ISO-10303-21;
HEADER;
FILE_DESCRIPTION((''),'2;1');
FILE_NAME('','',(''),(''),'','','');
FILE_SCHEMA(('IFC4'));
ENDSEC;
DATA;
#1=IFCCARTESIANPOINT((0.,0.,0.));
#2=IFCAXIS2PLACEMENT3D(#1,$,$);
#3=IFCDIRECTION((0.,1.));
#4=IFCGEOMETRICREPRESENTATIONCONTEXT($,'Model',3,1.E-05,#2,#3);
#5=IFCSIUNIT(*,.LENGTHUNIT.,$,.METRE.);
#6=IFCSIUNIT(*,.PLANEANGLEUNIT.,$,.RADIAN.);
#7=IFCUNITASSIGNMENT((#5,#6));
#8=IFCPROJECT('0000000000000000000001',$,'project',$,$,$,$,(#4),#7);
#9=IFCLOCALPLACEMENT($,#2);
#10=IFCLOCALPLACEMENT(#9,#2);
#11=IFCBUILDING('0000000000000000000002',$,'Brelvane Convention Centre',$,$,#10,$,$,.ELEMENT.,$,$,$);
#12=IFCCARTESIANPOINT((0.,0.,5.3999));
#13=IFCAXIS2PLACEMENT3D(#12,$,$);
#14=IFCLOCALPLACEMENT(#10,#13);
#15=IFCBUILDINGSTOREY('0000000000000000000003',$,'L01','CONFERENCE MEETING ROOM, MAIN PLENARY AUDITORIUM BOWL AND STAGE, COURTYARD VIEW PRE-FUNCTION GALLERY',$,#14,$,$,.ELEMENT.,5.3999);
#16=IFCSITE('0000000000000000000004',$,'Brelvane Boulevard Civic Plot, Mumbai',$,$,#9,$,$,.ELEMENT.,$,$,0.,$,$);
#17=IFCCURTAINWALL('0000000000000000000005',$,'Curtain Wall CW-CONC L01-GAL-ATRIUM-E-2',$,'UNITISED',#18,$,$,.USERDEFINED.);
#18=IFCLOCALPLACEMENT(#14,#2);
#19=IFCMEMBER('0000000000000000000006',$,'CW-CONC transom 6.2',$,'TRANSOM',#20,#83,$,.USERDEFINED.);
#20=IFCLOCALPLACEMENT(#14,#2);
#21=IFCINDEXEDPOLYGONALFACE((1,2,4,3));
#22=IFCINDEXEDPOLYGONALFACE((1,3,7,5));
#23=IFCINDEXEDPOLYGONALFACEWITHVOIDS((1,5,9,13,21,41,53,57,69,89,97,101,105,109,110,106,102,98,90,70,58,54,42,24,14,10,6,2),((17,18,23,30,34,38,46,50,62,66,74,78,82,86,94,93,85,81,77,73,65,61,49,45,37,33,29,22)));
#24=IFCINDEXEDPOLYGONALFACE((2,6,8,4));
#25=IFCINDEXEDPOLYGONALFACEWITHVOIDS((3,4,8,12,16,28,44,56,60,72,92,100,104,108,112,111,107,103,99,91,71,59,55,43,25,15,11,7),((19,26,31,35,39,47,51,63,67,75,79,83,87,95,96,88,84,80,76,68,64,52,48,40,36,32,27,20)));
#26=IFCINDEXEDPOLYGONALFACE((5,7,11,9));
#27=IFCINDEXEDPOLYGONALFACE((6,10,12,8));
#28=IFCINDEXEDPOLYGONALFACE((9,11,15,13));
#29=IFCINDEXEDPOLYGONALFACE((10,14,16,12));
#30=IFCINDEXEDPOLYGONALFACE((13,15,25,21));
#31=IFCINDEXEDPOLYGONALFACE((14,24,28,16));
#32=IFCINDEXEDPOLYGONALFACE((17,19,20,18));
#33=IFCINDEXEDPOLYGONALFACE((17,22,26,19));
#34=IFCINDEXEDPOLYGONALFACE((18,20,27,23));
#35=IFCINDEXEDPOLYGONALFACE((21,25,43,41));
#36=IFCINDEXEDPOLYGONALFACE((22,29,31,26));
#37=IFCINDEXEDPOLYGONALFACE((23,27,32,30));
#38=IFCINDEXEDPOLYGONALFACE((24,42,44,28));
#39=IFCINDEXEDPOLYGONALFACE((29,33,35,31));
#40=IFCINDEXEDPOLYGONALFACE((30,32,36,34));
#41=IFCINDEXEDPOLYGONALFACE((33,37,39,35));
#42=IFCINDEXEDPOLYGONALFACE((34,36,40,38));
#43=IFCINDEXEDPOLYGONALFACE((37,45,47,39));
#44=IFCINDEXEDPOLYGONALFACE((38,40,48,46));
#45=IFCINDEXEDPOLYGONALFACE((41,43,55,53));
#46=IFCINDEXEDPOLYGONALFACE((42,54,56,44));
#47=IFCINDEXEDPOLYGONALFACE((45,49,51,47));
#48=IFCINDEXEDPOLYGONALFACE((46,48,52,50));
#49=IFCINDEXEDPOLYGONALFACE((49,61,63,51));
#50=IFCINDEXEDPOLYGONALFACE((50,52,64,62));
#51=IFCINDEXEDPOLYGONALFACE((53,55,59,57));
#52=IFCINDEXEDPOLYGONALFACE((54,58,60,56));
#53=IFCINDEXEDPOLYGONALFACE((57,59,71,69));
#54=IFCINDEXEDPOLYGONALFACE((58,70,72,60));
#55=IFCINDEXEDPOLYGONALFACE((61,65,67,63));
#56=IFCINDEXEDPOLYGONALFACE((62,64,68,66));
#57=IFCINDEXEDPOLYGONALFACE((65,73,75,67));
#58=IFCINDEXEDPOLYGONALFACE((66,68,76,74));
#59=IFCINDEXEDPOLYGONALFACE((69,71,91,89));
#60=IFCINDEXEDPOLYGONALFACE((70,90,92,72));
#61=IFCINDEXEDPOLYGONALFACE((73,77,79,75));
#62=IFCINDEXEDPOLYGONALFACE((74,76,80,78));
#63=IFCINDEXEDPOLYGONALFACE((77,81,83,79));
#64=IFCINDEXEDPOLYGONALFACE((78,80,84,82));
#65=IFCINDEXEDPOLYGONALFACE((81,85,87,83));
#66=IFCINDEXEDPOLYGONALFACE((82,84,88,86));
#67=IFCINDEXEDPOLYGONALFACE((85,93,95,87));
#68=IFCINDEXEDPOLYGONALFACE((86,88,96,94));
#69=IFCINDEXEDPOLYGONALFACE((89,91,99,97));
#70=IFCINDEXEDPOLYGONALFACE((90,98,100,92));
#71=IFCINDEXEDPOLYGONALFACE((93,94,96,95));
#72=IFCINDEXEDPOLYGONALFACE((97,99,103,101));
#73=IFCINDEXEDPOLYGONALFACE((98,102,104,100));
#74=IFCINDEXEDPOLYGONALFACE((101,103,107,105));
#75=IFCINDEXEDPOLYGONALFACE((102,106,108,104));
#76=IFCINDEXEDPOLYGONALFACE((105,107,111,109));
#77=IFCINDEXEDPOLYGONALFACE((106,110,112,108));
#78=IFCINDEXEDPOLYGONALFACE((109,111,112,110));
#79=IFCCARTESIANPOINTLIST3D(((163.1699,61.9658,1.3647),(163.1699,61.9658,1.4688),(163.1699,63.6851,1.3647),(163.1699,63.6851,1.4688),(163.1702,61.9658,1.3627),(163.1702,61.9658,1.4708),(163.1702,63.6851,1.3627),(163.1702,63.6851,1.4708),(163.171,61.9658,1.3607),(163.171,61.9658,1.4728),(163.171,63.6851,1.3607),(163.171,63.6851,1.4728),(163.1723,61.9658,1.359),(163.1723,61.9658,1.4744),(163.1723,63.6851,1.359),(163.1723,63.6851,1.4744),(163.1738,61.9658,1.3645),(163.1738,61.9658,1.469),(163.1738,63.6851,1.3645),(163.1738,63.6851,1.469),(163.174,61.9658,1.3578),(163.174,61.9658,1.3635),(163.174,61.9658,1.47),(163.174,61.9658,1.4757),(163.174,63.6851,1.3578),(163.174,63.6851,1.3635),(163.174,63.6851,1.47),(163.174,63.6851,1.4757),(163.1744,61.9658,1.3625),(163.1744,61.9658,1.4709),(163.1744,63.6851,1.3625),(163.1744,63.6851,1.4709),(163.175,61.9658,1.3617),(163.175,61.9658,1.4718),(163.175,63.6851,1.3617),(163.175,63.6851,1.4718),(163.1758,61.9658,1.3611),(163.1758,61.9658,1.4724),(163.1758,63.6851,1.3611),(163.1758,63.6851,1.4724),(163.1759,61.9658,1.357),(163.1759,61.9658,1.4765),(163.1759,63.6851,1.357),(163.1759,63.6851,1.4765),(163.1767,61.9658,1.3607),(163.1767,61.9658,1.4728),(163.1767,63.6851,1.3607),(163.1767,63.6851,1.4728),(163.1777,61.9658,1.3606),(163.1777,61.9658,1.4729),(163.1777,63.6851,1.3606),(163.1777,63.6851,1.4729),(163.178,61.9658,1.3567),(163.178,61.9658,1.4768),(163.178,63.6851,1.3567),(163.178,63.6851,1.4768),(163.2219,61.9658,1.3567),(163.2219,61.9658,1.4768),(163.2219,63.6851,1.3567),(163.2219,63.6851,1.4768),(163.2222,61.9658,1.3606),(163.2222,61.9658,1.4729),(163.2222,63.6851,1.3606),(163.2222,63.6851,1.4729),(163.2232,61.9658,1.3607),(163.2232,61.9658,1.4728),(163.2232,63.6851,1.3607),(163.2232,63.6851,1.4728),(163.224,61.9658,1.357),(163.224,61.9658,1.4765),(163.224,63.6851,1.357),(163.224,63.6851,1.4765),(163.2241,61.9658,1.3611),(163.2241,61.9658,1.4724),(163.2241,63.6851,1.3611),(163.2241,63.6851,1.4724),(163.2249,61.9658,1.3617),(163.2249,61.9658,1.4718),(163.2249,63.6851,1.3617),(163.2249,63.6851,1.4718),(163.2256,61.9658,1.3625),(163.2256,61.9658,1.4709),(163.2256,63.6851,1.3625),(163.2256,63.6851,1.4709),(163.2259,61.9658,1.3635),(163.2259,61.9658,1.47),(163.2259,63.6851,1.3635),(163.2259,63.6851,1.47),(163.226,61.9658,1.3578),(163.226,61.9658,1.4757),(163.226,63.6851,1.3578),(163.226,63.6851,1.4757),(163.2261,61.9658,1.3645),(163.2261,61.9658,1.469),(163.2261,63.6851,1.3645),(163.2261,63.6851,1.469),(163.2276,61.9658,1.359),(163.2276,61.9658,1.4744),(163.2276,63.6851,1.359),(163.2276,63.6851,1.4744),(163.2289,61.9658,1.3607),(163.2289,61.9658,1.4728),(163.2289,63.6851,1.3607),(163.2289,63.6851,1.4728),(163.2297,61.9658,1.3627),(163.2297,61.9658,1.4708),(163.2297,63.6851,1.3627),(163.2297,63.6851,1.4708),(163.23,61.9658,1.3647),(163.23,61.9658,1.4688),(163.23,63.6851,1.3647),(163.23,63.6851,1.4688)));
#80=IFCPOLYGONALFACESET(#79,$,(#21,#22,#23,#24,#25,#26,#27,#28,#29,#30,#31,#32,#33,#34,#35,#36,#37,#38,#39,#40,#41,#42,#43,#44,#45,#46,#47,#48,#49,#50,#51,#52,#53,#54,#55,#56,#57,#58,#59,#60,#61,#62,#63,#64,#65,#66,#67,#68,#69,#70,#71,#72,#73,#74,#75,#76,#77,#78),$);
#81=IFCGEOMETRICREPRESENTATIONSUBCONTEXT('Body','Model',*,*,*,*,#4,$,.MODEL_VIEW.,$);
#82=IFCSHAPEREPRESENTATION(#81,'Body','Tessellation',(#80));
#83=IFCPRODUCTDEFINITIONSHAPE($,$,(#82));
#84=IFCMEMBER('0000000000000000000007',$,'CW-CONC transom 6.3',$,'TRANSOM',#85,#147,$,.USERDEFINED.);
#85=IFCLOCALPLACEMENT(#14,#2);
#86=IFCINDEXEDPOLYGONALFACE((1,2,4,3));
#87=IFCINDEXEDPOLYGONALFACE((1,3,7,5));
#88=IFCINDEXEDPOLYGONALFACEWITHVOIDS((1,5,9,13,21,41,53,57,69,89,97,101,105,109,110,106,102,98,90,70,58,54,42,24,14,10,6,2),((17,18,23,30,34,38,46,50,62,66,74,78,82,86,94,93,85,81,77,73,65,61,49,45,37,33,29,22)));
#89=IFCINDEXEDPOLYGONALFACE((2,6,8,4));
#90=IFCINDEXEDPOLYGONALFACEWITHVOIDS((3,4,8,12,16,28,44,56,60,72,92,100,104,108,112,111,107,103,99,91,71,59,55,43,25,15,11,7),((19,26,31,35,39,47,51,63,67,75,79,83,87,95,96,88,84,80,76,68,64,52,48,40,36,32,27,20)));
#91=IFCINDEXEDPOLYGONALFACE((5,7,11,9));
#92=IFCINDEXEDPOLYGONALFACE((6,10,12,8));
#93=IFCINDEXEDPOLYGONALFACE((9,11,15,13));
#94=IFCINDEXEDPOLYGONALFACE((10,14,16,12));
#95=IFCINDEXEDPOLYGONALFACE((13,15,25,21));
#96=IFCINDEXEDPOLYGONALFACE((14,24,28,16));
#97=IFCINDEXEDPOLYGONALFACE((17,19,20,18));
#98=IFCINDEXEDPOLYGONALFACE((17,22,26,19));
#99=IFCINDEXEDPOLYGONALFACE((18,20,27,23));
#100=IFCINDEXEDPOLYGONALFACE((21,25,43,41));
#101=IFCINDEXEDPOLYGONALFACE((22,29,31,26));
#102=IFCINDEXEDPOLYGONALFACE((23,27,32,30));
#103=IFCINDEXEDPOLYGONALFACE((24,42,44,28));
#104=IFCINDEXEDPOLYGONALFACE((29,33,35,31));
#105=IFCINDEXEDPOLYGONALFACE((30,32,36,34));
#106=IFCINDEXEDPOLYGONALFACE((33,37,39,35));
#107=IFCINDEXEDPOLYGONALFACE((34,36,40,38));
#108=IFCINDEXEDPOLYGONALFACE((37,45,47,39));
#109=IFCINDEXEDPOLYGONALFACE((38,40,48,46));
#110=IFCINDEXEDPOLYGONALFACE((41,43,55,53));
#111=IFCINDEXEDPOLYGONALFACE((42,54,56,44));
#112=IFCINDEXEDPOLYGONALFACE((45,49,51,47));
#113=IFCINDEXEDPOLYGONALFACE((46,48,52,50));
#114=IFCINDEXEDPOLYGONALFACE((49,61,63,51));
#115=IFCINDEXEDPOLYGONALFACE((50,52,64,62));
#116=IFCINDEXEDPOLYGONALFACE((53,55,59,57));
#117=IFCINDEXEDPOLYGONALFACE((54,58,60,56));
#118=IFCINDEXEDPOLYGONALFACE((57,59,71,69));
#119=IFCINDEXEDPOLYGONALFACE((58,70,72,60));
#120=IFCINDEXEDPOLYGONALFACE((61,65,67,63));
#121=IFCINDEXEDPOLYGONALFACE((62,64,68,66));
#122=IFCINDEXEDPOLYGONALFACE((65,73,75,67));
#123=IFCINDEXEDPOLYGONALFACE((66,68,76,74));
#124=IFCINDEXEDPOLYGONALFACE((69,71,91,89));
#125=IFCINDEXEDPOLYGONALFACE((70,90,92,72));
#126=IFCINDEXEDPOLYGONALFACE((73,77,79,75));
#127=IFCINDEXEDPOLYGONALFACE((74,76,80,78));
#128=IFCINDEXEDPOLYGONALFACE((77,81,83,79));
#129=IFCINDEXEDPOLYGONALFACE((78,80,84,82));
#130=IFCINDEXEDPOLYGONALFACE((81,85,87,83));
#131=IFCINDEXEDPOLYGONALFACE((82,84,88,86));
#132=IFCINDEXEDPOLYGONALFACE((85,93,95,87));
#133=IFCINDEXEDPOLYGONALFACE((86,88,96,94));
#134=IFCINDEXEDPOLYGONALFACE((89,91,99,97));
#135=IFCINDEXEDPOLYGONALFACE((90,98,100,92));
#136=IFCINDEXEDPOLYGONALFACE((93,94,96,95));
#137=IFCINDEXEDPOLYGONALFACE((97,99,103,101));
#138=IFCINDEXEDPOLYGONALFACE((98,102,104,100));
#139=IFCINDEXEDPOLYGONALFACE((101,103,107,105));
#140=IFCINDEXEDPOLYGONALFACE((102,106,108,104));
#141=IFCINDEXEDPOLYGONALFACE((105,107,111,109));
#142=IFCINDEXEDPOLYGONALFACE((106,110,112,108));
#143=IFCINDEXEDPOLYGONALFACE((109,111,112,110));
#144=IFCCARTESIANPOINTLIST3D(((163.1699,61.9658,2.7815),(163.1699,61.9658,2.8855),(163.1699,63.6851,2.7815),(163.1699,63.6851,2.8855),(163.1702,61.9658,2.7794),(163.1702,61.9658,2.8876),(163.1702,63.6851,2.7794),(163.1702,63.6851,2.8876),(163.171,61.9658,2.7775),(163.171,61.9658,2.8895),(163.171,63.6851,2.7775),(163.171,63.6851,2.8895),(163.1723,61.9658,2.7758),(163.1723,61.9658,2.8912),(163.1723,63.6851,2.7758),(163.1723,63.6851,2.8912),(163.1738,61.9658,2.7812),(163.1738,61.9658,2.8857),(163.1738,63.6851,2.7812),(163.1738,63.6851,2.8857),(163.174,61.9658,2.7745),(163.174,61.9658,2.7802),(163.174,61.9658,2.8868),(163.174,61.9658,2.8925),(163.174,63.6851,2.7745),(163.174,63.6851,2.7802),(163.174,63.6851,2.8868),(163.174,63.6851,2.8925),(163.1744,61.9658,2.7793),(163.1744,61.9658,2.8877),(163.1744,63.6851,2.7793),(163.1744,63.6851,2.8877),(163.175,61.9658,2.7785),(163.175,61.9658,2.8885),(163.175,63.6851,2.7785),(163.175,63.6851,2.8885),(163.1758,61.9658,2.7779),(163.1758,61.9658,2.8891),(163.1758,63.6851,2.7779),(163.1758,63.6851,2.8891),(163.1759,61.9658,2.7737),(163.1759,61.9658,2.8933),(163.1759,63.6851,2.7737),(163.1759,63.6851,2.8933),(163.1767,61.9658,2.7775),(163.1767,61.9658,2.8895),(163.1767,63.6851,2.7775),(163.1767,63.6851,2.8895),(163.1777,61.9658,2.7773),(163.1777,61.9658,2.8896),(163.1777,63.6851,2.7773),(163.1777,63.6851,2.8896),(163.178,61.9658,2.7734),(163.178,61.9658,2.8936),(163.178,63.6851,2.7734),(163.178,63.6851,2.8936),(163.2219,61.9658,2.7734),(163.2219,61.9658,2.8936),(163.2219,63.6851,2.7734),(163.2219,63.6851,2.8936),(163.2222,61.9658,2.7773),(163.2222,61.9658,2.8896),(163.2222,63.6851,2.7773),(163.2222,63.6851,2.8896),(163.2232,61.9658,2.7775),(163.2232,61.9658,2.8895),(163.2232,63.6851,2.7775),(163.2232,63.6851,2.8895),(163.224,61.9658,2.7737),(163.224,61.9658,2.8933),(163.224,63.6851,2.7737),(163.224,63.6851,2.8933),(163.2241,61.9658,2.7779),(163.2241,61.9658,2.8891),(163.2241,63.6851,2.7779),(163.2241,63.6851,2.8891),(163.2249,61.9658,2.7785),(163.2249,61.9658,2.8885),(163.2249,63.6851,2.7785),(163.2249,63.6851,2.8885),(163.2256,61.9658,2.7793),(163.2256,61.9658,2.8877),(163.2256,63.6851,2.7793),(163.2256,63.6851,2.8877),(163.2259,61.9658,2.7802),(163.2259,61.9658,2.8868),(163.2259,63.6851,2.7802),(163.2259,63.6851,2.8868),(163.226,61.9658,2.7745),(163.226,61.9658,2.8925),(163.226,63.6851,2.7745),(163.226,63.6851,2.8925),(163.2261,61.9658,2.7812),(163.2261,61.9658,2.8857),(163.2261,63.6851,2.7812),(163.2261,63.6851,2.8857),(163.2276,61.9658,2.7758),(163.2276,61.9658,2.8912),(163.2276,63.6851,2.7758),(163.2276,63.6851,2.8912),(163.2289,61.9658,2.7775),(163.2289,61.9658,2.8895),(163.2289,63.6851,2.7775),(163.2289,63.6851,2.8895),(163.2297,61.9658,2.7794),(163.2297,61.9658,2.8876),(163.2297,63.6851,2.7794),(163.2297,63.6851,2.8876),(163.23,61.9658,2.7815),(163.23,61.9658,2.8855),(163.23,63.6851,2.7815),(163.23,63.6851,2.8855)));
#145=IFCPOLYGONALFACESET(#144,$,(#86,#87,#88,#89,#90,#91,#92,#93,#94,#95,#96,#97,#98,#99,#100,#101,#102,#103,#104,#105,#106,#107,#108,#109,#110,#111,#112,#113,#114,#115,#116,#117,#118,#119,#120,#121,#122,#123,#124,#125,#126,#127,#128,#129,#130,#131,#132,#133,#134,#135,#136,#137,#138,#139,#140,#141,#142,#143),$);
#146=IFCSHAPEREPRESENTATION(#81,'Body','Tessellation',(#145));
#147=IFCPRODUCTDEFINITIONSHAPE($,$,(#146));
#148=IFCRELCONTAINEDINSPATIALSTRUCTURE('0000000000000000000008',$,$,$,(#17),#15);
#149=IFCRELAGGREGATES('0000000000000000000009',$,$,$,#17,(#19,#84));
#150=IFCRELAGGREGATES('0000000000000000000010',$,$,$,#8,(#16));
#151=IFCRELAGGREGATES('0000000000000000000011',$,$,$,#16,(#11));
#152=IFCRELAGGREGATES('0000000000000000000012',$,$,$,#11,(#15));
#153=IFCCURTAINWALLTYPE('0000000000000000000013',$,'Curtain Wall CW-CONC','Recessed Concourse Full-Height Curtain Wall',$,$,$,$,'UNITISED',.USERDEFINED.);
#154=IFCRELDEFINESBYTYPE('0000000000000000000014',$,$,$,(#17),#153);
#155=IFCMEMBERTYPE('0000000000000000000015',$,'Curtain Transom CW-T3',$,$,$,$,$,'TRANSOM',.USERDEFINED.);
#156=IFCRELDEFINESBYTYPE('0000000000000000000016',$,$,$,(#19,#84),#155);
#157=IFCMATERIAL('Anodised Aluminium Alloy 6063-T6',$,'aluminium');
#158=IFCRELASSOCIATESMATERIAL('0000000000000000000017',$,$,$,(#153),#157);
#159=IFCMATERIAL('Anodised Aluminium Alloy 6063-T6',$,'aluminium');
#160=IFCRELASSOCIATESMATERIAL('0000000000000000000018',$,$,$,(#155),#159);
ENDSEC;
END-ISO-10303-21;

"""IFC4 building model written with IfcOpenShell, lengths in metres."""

from ifc_helpers import new_model, si_unit, direction, frame, origin, origin_2d, place, context, subcontext, project, spatial, hollow_rectangle, extrude, material, material_profile, profile_set, type_object, element, aggregate, save


model = new_model("IFC4")

# Units and contexts
model_context = context("Model", 3, precision=1e-05, world=origin(), true_north=direction((0.0, 1.0)))
body_context = subcontext(model_context, "Body", "Model", "MODEL_VIEW")
ifc_project = project(units=[si_unit("LENGTHUNIT", "METRE"), si_unit("PLANEANGLEUNIT", "RADIAN")], contexts=[model_context])

# Site, building, storey
site_placement = place(None, origin())
site = spatial("IfcSite", under=ifc_project, at=site_placement, Name="Brelvane Boulevard Civic Plot, Mumbai", CompositionType="ELEMENT", RefElevation=0.0)
building_placement = place(site_placement, origin())
building = spatial("IfcBuilding", under=site, at=building_placement, Name="Brelvane Convention Centre", CompositionType="ELEMENT")
storey_placement = place(building_placement, frame((0.0, 0.0, 5.3999)))
storey = spatial("IfcBuildingStorey", under=building, at=storey_placement, Name="L01", Description="CONFERENCE MEETING ROOM, MAIN PLENARY AUDITORIUM BOWL AND STAGE, COURTYARD VIEW PRE-FUNCTION GALLERY", CompositionType="ELEMENT", Elevation=5.3999)

# Curtain wall
ifc_material_1 = material(Name="Anodised Aluminium Alloy 6063-T6", Category="aluminium")
curtain_wall_type = type_object("IfcCurtainWallType", Name="Curtain Wall CW-CONC", Description="Recessed Concourse Full-Height Curtain Wall", ElementType="UNITISED", PredefinedType="USERDEFINED", material=ifc_material_1)
curtain_wall_1_placement = place(storey_placement, origin())
curtain_wall_1 = element("IfcCurtainWall", 1, at=curtain_wall_1_placement, inside=storey, type_object=curtain_wall_type, Name="Curtain Wall CW-CONC L01-GAL-ATRIUM-E-2", ObjectType="UNITISED", PredefinedType="USERDEFINED")

# Members
ifc_material_2 = material(Name="Anodised Aluminium Alloy 6063-T6", Category="aluminium")
ifc_material_profile_1 = material_profile(ifc_material_2, hollow_rectangle(XDim=0.0601, YDim=0.1201, WallThickness=0.0039, InnerFilletRadius=0.0039, OuterFilletRadius=0.0081, at=origin_2d()), Name="ALU-T 120x60x4.0")
ifc_profile_set_1 = profile_set([ifc_material_profile_1], Name="Anodised Aluminium Alloy 6063-T6")
member_type_1 = type_object("IfcMemberType", Name="Curtain Transom CW-T3", ElementType="TRANSOM", PredefinedType="USERDEFINED", material=ifc_profile_set_1)
member_1_placement = place(storey_placement, frame((163.2, 61.9658, 1.4167), z_axis=(0.0, 1.0, 0.0), x_axis=(-1.0, 0.0, 0.0)))
member_1 = element("IfcMember", 2, at=member_1_placement, type_object=member_type_1, Name="CW-CONC transom 6.2", ObjectType="TRANSOM", PredefinedType="USERDEFINED", context=body_context, shape_type="SweptSolid", body=[
    extrude(hollow_rectangle(XDim=0.0601, YDim=0.1201, WallThickness=0.0039, InnerFilletRadius=0.0039, OuterFilletRadius=0.0081, at=origin_2d()), origin(), (0.0, 0.0, 1.0), 1.7192),
])
member_2_placement = place(storey_placement, frame((163.2, 61.9658, 2.8335), z_axis=(0.0, 1.0, 0.0), x_axis=(-1.0, 0.0, 0.0)))
member_2 = element("IfcMember", 3, at=member_2_placement, type_object=member_type_1, Name="CW-CONC transom 6.3", ObjectType="TRANSOM", PredefinedType="USERDEFINED", context=body_context, shape_type="SweptSolid", body=[
    extrude(hollow_rectangle(XDim=0.0601, YDim=0.1201, WallThickness=0.0039, InnerFilletRadius=0.0039, OuterFilletRadius=0.0081, at=origin_2d()), origin(), (0.0, 0.0, 1.0), 1.7192),
])

aggregate(curtain_wall_1, [member_1, member_2])

save(model, "model.ifc")
